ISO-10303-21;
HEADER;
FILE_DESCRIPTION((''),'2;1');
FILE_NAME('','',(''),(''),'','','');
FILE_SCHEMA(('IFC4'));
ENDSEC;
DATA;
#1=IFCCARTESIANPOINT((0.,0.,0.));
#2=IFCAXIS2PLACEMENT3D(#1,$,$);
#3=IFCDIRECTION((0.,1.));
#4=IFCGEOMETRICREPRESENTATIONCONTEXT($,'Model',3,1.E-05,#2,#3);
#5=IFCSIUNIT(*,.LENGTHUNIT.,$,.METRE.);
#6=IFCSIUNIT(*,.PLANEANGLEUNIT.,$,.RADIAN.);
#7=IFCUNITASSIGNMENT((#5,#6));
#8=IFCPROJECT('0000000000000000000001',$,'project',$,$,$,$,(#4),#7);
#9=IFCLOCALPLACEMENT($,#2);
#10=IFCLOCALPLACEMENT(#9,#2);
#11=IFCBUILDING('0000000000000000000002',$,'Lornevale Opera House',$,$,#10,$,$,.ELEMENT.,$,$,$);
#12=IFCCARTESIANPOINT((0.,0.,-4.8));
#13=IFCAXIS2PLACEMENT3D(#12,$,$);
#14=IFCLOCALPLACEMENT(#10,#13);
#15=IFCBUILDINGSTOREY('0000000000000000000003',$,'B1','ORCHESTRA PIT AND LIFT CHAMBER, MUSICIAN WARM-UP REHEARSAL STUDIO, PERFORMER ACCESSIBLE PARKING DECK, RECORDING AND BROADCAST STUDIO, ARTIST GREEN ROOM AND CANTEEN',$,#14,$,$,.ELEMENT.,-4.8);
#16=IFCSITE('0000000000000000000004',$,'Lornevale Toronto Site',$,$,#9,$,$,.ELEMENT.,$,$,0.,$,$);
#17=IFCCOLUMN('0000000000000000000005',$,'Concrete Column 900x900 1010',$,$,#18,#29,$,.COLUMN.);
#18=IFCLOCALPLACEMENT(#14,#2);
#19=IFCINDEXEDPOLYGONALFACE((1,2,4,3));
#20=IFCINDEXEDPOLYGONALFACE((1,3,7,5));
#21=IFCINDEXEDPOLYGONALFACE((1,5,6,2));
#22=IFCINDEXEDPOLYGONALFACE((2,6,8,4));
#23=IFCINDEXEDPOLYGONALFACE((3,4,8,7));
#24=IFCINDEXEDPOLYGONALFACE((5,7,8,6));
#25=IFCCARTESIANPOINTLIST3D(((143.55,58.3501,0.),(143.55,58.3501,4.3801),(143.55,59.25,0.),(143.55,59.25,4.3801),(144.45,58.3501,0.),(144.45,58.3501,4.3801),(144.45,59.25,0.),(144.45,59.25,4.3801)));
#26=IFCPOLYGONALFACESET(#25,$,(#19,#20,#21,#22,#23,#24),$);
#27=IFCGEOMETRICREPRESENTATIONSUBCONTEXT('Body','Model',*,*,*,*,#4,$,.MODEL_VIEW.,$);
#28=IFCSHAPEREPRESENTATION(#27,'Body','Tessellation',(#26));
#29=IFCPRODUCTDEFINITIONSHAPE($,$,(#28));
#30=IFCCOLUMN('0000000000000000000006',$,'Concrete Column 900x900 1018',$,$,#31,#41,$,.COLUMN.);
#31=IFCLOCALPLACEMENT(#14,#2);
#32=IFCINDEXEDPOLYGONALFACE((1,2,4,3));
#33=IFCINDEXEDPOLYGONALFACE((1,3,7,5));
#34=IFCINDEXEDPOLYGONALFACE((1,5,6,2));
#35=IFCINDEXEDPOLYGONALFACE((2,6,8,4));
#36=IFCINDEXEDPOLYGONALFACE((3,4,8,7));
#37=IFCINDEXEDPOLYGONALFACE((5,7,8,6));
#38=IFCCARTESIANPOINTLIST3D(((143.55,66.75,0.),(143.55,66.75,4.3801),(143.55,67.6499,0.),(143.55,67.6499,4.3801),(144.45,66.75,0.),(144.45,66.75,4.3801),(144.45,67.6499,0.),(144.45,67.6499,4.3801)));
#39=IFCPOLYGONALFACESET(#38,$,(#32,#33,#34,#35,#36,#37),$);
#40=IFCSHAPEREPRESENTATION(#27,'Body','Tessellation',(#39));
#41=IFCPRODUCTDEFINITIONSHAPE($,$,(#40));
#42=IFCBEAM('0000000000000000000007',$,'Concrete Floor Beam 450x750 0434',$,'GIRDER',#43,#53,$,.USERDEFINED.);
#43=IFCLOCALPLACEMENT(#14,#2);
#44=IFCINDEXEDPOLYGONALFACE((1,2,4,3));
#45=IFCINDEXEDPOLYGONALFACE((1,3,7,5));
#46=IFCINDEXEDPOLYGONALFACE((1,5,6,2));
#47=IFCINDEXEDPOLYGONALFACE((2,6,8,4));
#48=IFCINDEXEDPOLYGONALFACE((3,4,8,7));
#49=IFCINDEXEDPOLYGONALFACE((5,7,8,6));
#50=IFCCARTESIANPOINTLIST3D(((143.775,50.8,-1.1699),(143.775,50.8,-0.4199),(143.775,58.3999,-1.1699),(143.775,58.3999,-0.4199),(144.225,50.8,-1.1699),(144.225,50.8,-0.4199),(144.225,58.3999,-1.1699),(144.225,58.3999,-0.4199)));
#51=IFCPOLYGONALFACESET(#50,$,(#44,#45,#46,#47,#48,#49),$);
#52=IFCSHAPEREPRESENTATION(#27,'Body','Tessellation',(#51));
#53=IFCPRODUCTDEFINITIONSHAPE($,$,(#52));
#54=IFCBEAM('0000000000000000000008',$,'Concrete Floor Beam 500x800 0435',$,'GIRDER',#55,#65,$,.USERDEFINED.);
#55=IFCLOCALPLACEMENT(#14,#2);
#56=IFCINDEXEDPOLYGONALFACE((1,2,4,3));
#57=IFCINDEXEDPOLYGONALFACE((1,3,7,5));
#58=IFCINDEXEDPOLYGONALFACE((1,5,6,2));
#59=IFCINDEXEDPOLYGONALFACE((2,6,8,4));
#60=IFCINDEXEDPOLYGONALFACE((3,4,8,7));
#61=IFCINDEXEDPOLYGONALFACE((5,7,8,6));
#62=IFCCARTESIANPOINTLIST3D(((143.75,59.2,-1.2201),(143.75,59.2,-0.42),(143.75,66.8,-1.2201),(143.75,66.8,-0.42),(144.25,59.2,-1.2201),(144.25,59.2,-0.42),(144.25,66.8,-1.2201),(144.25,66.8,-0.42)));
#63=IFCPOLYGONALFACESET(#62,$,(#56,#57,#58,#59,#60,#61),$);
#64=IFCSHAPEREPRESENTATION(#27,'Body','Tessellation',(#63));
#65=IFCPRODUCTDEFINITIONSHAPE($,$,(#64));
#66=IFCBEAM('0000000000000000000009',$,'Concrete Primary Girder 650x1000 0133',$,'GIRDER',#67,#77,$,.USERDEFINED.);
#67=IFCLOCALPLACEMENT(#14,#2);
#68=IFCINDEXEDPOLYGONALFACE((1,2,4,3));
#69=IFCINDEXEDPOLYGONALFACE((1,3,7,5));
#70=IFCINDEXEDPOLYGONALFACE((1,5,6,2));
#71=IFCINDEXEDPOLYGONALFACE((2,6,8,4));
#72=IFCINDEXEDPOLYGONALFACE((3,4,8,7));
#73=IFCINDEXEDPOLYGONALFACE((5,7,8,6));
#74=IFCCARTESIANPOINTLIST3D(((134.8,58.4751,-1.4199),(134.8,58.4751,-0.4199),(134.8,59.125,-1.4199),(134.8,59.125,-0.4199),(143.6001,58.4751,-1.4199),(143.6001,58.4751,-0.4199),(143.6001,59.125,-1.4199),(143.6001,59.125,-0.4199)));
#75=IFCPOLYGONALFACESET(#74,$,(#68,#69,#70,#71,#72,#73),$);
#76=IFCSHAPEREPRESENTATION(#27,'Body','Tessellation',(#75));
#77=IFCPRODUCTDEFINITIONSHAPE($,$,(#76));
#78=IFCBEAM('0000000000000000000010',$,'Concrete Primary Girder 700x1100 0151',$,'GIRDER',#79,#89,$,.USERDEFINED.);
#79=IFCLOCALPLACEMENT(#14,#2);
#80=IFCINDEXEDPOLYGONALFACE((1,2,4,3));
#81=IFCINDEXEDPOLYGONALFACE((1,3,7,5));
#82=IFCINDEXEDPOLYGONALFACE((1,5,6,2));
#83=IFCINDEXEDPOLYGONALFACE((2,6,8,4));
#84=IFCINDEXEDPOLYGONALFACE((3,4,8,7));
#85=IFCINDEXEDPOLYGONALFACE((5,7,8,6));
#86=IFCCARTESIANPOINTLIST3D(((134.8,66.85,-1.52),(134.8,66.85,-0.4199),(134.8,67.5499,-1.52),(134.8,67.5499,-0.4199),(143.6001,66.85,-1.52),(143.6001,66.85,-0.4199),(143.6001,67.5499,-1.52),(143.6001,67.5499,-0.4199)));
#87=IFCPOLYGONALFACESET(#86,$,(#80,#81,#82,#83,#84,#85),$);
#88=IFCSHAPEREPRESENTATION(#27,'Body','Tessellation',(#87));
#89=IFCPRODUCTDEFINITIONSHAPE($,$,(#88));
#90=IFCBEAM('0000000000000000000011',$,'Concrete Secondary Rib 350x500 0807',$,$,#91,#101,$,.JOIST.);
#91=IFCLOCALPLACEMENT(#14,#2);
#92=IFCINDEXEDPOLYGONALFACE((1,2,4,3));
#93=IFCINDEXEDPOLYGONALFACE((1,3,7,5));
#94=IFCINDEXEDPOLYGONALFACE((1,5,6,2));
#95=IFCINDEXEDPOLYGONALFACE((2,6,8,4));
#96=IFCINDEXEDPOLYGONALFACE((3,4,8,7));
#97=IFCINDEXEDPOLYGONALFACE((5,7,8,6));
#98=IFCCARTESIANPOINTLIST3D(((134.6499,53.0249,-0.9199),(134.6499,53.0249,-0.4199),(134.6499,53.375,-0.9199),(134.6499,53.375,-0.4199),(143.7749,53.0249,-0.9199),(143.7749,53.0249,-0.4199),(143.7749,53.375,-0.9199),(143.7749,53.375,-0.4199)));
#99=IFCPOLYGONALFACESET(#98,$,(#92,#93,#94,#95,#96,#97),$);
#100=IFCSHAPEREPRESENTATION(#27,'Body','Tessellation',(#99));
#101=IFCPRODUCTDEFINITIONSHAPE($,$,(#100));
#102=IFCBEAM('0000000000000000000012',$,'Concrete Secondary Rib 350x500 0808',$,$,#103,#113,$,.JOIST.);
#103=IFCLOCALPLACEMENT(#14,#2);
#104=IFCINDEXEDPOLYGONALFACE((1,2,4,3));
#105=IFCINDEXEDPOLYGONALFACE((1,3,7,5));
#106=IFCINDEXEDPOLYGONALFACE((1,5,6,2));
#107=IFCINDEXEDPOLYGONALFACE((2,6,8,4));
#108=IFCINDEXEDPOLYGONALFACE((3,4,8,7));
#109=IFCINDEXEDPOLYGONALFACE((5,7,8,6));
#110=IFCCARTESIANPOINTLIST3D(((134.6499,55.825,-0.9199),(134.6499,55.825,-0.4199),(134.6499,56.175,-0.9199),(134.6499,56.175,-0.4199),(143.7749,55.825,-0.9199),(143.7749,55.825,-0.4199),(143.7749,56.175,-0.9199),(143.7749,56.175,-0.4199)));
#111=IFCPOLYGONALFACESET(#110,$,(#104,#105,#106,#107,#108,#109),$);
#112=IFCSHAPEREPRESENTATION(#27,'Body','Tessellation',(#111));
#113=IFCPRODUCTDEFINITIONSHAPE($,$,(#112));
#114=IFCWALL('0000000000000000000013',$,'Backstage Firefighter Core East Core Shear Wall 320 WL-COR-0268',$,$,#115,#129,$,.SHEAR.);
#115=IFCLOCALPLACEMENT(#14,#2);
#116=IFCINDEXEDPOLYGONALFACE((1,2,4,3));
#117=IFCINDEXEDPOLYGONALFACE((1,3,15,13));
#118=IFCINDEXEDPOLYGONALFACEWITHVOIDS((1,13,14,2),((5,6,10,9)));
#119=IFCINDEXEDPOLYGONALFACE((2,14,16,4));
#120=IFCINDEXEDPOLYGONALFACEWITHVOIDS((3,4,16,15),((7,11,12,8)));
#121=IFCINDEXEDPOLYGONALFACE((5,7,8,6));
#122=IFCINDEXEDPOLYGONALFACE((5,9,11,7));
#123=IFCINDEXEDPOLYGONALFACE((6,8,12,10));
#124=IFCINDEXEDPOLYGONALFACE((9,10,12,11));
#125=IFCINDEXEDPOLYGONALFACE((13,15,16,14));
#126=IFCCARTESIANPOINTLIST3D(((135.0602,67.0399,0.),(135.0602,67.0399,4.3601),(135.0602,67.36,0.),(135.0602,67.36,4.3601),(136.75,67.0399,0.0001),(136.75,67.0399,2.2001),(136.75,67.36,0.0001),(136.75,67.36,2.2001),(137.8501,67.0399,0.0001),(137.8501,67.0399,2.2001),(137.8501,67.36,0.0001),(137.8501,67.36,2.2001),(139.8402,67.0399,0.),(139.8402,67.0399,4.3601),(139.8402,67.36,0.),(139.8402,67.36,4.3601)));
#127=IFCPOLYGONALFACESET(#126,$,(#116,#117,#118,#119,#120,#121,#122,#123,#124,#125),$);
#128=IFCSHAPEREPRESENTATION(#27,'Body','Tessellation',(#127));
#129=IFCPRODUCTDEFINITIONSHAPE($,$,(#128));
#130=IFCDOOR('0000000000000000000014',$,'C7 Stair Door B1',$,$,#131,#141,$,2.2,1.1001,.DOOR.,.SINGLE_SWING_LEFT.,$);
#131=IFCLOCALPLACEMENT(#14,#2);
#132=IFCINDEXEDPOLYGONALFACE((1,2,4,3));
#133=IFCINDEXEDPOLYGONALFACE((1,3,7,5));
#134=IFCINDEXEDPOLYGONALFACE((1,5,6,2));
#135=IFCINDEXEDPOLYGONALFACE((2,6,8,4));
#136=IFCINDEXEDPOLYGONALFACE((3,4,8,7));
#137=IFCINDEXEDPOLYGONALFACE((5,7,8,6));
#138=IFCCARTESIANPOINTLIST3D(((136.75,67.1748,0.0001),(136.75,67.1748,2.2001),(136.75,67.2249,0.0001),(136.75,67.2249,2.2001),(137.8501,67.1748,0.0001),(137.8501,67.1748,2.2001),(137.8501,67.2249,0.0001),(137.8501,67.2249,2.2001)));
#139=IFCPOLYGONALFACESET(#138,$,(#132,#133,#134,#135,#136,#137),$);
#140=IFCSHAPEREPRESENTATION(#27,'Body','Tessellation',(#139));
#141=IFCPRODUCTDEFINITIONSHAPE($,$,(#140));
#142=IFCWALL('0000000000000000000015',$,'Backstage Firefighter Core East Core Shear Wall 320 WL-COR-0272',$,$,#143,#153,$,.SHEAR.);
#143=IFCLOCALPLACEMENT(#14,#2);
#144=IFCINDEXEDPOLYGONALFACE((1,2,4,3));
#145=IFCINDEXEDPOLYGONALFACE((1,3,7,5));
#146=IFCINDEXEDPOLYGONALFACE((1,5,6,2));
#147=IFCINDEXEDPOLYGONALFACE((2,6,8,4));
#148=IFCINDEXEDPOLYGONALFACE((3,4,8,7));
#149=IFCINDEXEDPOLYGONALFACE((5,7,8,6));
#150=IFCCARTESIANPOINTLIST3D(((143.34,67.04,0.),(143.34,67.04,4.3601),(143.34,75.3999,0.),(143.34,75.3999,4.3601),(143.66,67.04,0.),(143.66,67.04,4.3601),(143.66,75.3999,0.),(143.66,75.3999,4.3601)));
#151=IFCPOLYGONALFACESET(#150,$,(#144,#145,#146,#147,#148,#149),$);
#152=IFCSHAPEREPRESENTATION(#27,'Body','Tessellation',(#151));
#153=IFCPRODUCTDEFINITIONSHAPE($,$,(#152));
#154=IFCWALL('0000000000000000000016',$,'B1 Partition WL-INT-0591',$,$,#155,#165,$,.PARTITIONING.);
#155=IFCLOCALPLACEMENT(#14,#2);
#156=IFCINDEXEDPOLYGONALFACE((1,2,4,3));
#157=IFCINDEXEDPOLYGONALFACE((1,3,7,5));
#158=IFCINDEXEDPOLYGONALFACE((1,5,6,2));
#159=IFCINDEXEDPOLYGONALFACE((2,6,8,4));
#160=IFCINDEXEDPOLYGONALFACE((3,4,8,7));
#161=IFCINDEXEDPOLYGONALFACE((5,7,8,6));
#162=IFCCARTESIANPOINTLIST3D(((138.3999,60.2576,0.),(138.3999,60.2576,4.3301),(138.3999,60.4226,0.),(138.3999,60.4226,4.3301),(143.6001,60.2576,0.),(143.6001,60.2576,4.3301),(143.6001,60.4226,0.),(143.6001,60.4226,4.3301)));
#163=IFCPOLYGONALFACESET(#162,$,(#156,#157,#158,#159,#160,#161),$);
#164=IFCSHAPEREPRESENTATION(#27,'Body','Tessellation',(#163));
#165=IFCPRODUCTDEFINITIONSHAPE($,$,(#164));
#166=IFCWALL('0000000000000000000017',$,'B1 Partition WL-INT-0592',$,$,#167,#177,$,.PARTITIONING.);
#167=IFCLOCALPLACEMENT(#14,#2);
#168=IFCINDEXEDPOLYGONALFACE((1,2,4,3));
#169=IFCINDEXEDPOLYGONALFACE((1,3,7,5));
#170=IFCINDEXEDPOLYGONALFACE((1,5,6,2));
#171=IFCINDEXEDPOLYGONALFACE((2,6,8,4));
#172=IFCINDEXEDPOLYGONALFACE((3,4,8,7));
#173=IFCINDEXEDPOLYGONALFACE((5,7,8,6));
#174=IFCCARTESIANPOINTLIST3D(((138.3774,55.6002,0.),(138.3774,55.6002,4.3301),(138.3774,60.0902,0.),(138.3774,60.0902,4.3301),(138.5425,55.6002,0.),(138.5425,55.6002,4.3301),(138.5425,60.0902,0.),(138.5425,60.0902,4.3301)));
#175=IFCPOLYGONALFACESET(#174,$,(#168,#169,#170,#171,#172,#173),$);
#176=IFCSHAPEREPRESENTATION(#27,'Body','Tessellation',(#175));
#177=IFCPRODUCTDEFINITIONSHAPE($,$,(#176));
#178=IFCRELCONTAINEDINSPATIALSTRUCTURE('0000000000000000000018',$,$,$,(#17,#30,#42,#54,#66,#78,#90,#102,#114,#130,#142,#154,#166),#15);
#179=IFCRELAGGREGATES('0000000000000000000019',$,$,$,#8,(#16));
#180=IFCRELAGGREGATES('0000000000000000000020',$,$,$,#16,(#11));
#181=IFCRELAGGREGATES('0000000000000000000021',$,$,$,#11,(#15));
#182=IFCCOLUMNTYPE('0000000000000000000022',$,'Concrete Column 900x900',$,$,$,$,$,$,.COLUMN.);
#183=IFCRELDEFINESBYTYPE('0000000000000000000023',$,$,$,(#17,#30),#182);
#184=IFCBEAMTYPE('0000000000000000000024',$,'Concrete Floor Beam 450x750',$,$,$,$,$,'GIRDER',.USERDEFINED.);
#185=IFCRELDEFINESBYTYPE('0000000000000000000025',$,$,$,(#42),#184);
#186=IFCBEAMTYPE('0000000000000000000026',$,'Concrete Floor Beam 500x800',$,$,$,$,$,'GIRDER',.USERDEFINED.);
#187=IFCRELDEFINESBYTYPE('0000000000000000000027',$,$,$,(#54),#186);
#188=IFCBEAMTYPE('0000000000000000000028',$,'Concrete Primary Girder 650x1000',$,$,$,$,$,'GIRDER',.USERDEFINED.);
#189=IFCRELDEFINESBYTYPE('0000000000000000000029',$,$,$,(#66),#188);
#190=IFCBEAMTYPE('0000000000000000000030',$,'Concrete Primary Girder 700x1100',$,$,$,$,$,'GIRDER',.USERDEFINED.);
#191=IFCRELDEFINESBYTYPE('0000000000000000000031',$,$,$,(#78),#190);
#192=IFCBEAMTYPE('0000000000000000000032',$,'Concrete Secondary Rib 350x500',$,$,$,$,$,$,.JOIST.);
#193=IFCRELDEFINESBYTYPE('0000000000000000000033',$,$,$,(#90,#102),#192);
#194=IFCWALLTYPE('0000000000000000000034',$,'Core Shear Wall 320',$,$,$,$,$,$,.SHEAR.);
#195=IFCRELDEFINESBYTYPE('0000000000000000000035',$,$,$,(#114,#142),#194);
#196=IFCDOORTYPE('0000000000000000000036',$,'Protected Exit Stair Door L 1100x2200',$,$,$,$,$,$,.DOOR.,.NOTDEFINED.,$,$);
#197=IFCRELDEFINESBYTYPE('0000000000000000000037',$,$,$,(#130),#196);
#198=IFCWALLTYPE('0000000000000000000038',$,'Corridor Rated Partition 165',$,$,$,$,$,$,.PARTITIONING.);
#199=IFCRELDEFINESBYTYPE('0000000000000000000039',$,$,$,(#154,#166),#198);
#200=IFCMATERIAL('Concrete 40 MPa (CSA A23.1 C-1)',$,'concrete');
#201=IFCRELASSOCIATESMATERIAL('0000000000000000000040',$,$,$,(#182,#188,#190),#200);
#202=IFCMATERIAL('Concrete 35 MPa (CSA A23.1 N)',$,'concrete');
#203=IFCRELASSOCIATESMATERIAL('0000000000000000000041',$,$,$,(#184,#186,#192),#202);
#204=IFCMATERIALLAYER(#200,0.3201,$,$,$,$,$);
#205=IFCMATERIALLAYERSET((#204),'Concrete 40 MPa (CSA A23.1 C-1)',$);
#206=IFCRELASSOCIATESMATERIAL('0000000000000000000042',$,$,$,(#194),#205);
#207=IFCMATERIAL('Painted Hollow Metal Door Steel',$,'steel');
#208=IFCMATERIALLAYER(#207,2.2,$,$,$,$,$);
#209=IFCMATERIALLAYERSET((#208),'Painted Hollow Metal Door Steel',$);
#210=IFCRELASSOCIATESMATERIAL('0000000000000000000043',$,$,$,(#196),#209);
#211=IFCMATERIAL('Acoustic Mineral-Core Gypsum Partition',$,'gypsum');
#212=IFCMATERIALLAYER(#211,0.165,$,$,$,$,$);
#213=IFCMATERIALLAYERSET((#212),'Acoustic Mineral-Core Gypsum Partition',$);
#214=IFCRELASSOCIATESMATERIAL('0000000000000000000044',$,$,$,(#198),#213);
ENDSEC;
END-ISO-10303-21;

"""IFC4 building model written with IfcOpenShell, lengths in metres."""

from ifc_helpers import new_model, si_unit, direction, frame, frame_2d, origin, origin_2d, place, context, subcontext, project, spatial, rectangle, extrude, material, layer, layer_set, material_profile, profile_set, type_object, element, fill, save


model = new_model("IFC4")

# Units and contexts
model_context = context("Model", 3, precision=1e-05, world=origin(), true_north=direction((0.0, 1.0)))
body_context = subcontext(model_context, "Body", "Model", "MODEL_VIEW")
ifc_project = project(units=[si_unit("LENGTHUNIT", "METRE"), si_unit("PLANEANGLEUNIT", "RADIAN")], contexts=[model_context])

# Site, building, storey
site_placement = place(None, origin())
site = spatial("IfcSite", under=ifc_project, at=site_placement, Name="Lornevale Toronto Site", CompositionType="ELEMENT", RefElevation=0.0)
building_placement = place(site_placement, origin())
building = spatial("IfcBuilding", under=site, at=building_placement, Name="Lornevale Opera House", CompositionType="ELEMENT")
storey_placement = place(building_placement, frame((0.0, 0.0, -4.8)))
storey = spatial("IfcBuildingStorey", under=building, at=storey_placement, Name="B1", Description="ORCHESTRA PIT AND LIFT CHAMBER, MUSICIAN WARM-UP REHEARSAL STUDIO, PERFORMER ACCESSIBLE PARKING DECK, RECORDING AND BROADCAST STUDIO, ARTIST GREEN ROOM AND CANTEEN", CompositionType="ELEMENT", Elevation=-4.8)

# Columns
ifc_material_1 = material(Name="Concrete 40 MPa (CSA A23.1 C-1)", Category="concrete")
ifc_material_profile_1 = material_profile(ifc_material_1, rectangle(XDim=0.8999, YDim=0.8999, at=origin_2d()), Name="RC900x900")
ifc_profile_set_1 = profile_set([ifc_material_profile_1], Name="Concrete 40 MPa (CSA A23.1 C-1)")
column_type = type_object("IfcColumnType", Name="Concrete Column 900x900", PredefinedType="COLUMN", material=ifc_profile_set_1)
for number, where, z_axis, x_axis, name in (
    (1, (144.0, 58.8, 0.0), (0.0, 0.0, 1.0), (1.0, 0.0, 0.0), "Concrete Column 900x900 1010"),
    (2, (144.0, 67.2, 0.0), (0.0, 0.0, 1.0), (1.0, 0.0, 0.0), "Concrete Column 900x900 1018"),
):
    element("IfcColumn", number, at=place(storey_placement, frame(where, z_axis=z_axis, x_axis=x_axis)), inside=storey, type_object=column_type, Name=name, PredefinedType="COLUMN", context=body_context, shape_type="SweptSolid", body=[
        extrude(rectangle(XDim=0.8999, YDim=0.8999, at=origin_2d()), origin(), (0.0, 0.0, 1.0), 4.3801),
    ])

# Beams
ifc_material_2 = material(Name="Concrete 35 MPa (CSA A23.1 N)", Category="concrete")
ifc_material_profile_2 = material_profile(ifc_material_2, rectangle(XDim=0.45, YDim=0.75, at=origin_2d()), Name="RC450x750")
ifc_profile_set_2 = profile_set([ifc_material_profile_2], Name="Concrete 35 MPa (CSA A23.1 N)")
beam_type_1 = type_object("IfcBeamType", Name="Concrete Floor Beam 450x750", ElementType="GIRDER", PredefinedType="USERDEFINED", material=ifc_profile_set_2)
beam_1_placement = place(storey_placement, frame((144.0, 50.8, -0.7949), z_axis=(0.0, 1.0, 0.0), x_axis=(-1.0, 0.0, 0.0)))
element("IfcBeam", 3, at=beam_1_placement, inside=storey, type_object=beam_type_1, Name="Concrete Floor Beam 450x750 0434", ObjectType="GIRDER", PredefinedType="USERDEFINED", context=body_context, shape_type="SweptSolid", body=[
    extrude(rectangle(XDim=0.45, YDim=0.75, at=origin_2d()), origin(), (0.0, 0.0, 1.0), 7.5999),
])
ifc_material_profile_3 = material_profile(ifc_material_2, rectangle(XDim=0.5, YDim=0.8, at=origin_2d()), Name="RC500x800")
ifc_profile_set_3 = profile_set([ifc_material_profile_3], Name="Concrete 35 MPa (CSA A23.1 N)")
beam_type_2 = type_object("IfcBeamType", Name="Concrete Floor Beam 500x800", ElementType="GIRDER", PredefinedType="USERDEFINED", material=ifc_profile_set_3)
beam_2_placement = place(storey_placement, frame((144.0, 59.2, -0.8201), z_axis=(0.0, 1.0, 0.0), x_axis=(-1.0, 0.0, 0.0)))
element("IfcBeam", 4, at=beam_2_placement, inside=storey, type_object=beam_type_2, Name="Concrete Floor Beam 500x800 0435", ObjectType="GIRDER", PredefinedType="USERDEFINED", context=body_context, shape_type="SweptSolid", body=[
    extrude(rectangle(XDim=0.5, YDim=0.8, at=origin_2d()), origin(), (0.0, 0.0, 1.0), 7.6001),
])
ifc_material_profile_4 = material_profile(ifc_material_1, rectangle(XDim=0.6499, YDim=1.0, at=origin_2d()), Name="RC650x1000")
ifc_profile_set_4 = profile_set([ifc_material_profile_4], Name="Concrete 40 MPa (CSA A23.1 C-1)")
beam_type_3 = type_object("IfcBeamType", Name="Concrete Primary Girder 650x1000", ElementType="GIRDER", PredefinedType="USERDEFINED", material=ifc_profile_set_4)
beam_3_placement = place(storey_placement, frame((134.8, 58.8, -0.9199), z_axis=(1.0, 0.0, 0.0), x_axis=(0.0, 1.0, 0.0)))
element("IfcBeam", 5, at=beam_3_placement, inside=storey, type_object=beam_type_3, Name="Concrete Primary Girder 650x1000 0133", ObjectType="GIRDER", PredefinedType="USERDEFINED", context=body_context, shape_type="SweptSolid", body=[
    extrude(rectangle(XDim=0.6499, YDim=1.0, at=origin_2d()), origin(), (0.0, 0.0, 1.0), 8.8),
])
ifc_material_profile_5 = material_profile(ifc_material_1, rectangle(XDim=0.7, YDim=1.1001, at=origin_2d()), Name="RC700x1100")
ifc_profile_set_5 = profile_set([ifc_material_profile_5], Name="Concrete 40 MPa (CSA A23.1 C-1)")
beam_type_4 = type_object("IfcBeamType", Name="Concrete Primary Girder 700x1100", ElementType="GIRDER", PredefinedType="USERDEFINED", material=ifc_profile_set_5)
beam_4_placement = place(storey_placement, frame((134.8, 67.2, -0.97), z_axis=(1.0, 0.0, 0.0), x_axis=(0.0, 1.0, 0.0)))
element("IfcBeam", 6, at=beam_4_placement, inside=storey, type_object=beam_type_4, Name="Concrete Primary Girder 700x1100 0151", ObjectType="GIRDER", PredefinedType="USERDEFINED", context=body_context, shape_type="SweptSolid", body=[
    extrude(rectangle(XDim=0.7, YDim=1.1001, at=origin_2d()), origin(), (0.0, 0.0, 1.0), 8.8),
])
ifc_material_profile_6 = material_profile(ifc_material_2, rectangle(XDim=0.3501, YDim=0.5, at=origin_2d()), Name="RC350x500")
ifc_profile_set_6 = profile_set([ifc_material_profile_6], Name="Concrete 35 MPa (CSA A23.1 N)")
beam_type_5 = type_object("IfcBeamType", Name="Concrete Secondary Rib 350x500", PredefinedType="JOIST", material=ifc_profile_set_6)
for number, where, z_axis, x_axis, name in (
    (7, (134.6499, 53.2, -0.6699), (1.0, 0.0, 0.0), (0.0, 1.0, 0.0), "Concrete Secondary Rib 350x500 0807"),
    (8, (134.6499, 56.0, -0.6699), (1.0, 0.0, 0.0), (0.0, 1.0, 0.0), "Concrete Secondary Rib 350x500 0808"),
):
    element("IfcBeam", number, at=place(storey_placement, frame(where, z_axis=z_axis, x_axis=x_axis)), inside=storey, type_object=beam_type_5, Name=name, PredefinedType="JOIST", context=body_context, shape_type="SweptSolid", body=[
        extrude(rectangle(XDim=0.3501, YDim=0.5, at=origin_2d()), origin(), (0.0, 0.0, 1.0), 9.125),
    ])

# Wall, opening, door
ifc_layer_1 = layer(ifc_material_1, 0.3201)
ifc_layer_set_1 = layer_set([ifc_layer_1], Name="Concrete 40 MPa (CSA A23.1 C-1)")
wall_type_1 = type_object("IfcWallType", Name="Core Shear Wall 320", PredefinedType="SHEAR", material=ifc_layer_set_1)
wall_1_placement = place(storey_placement, frame((135.0601, 67.2, 0.0), z_axis=(0.0, 0.0, 1.0), x_axis=(1.0, 0.0, 0.0)))
wall_1 = element("IfcWall", 9, at=wall_1_placement, inside=storey, type_object=wall_type_1, Name="Backstage Firefighter Core East Core Shear Wall 320 WL-COR-0268", PredefinedType="SHEAR", context=body_context, shape_type="SweptSolid", body=[
    extrude(rectangle(XDim=4.78, YDim=0.3201, at=frame_2d((2.3901, 0.0))), origin(), (0.0, 0.0, 1.0), 4.3601),
])
opening_1_placement = place(wall_1_placement, frame((1.6899, 0.0, 0.0)))
opening_1 = element("IfcOpeningElement", 10, at=opening_1_placement, cuts=wall_1, PredefinedType="OPENING", context=body_context, shape_type="SweptSolid", body=[
    extrude(rectangle(XDim=1.1001, YDim=2.2, at=frame_2d((0.55, 1.1001))), frame((0.0, 0.1699, 0.0), z_axis=(0.0, -1.0, 0.0), x_axis=(1.0, 0.0, 0.0)), (0.0, 0.0, 1.0), 0.3401),
])
ifc_material_3 = material(Name="Painted Hollow Metal Door Steel", Category="steel")
ifc_layer_2 = layer(ifc_material_3, 2.2)
ifc_layer_set_2 = layer_set([ifc_layer_2], Name="Painted Hollow Metal Door Steel")
door_type_1 = type_object("IfcDoorType", Name="Protected Exit Stair Door L 1100x2200", OperationType="NOTDEFINED", PredefinedType="DOOR", material=ifc_layer_set_2)
door_1_placement = place(opening_1_placement, origin())
door_1 = element("IfcDoor", 11, at=door_1_placement, inside=storey, type_object=door_type_1, Name="C7 Stair Door B1", OperationType="SINGLE_SWING_LEFT", OverallHeight=2.2, OverallWidth=1.1001, PredefinedType="DOOR", context=body_context, shape_type="SweptSolid", body=[
    extrude(rectangle(XDim=1.1001, YDim=2.2, at=frame_2d((0.55, 1.1001))), frame((0.0, 0.0249, 0.0), z_axis=(0.0, -1.0, 0.0), x_axis=(1.0, 0.0, 0.0)), (0.0, 0.0, 1.0), 0.05),
])
fill(opening_1, door_1)

# Walls
wall_2_placement = place(storey_placement, frame((143.5, 67.04, 0.0), z_axis=(0.0, 0.0, 1.0), x_axis=(0.0, 1.0, 0.0)))
element("IfcWall", 12, at=wall_2_placement, inside=storey, type_object=wall_type_1, Name="Backstage Firefighter Core East Core Shear Wall 320 WL-COR-0272", PredefinedType="SHEAR", context=body_context, shape_type="SweptSolid", body=[
    extrude(rectangle(XDim=8.3599, YDim=0.3201, at=frame_2d((4.1799, 0.0))), origin(), (0.0, 0.0, 1.0), 4.3601),
])
ifc_material_4 = material(Name="Acoustic Mineral-Core Gypsum Partition", Category="gypsum")
ifc_layer_3 = layer(ifc_material_4, 0.165)
ifc_layer_set_3 = layer_set([ifc_layer_3], Name="Acoustic Mineral-Core Gypsum Partition")
wall_type_2 = type_object("IfcWallType", Name="Corridor Rated Partition 165", PredefinedType="PARTITIONING", material=ifc_layer_set_3)
wall_3_placement = place(storey_placement, frame((138.3999, 60.3401, 0.0), z_axis=(0.0, 0.0, 1.0), x_axis=(1.0, 0.0, 0.0)))
element("IfcWall", 13, at=wall_3_placement, inside=storey, type_object=wall_type_2, Name="B1 Partition WL-INT-0591", PredefinedType="PARTITIONING", context=body_context, shape_type="SweptSolid", body=[
    extrude(rectangle(XDim=5.2002, YDim=0.165, at=frame_2d((2.6001, 0.0))), origin(), (0.0, 0.0, 1.0), 4.3301),
])
wall_4_placement = place(storey_placement, frame((138.46, 55.6001, 0.0), z_axis=(0.0, 0.0, 1.0), x_axis=(0.0, 1.0, 0.0)))
element("IfcWall", 14, at=wall_4_placement, inside=storey, type_object=wall_type_2, Name="B1 Partition WL-INT-0592", PredefinedType="PARTITIONING", context=body_context, shape_type="SweptSolid", body=[
    extrude(rectangle(XDim=4.49, YDim=0.165, at=frame_2d((2.2451, 0.0))), origin(), (0.0, 0.0, 1.0), 4.3301),
])

save(model, "model.ifc")
